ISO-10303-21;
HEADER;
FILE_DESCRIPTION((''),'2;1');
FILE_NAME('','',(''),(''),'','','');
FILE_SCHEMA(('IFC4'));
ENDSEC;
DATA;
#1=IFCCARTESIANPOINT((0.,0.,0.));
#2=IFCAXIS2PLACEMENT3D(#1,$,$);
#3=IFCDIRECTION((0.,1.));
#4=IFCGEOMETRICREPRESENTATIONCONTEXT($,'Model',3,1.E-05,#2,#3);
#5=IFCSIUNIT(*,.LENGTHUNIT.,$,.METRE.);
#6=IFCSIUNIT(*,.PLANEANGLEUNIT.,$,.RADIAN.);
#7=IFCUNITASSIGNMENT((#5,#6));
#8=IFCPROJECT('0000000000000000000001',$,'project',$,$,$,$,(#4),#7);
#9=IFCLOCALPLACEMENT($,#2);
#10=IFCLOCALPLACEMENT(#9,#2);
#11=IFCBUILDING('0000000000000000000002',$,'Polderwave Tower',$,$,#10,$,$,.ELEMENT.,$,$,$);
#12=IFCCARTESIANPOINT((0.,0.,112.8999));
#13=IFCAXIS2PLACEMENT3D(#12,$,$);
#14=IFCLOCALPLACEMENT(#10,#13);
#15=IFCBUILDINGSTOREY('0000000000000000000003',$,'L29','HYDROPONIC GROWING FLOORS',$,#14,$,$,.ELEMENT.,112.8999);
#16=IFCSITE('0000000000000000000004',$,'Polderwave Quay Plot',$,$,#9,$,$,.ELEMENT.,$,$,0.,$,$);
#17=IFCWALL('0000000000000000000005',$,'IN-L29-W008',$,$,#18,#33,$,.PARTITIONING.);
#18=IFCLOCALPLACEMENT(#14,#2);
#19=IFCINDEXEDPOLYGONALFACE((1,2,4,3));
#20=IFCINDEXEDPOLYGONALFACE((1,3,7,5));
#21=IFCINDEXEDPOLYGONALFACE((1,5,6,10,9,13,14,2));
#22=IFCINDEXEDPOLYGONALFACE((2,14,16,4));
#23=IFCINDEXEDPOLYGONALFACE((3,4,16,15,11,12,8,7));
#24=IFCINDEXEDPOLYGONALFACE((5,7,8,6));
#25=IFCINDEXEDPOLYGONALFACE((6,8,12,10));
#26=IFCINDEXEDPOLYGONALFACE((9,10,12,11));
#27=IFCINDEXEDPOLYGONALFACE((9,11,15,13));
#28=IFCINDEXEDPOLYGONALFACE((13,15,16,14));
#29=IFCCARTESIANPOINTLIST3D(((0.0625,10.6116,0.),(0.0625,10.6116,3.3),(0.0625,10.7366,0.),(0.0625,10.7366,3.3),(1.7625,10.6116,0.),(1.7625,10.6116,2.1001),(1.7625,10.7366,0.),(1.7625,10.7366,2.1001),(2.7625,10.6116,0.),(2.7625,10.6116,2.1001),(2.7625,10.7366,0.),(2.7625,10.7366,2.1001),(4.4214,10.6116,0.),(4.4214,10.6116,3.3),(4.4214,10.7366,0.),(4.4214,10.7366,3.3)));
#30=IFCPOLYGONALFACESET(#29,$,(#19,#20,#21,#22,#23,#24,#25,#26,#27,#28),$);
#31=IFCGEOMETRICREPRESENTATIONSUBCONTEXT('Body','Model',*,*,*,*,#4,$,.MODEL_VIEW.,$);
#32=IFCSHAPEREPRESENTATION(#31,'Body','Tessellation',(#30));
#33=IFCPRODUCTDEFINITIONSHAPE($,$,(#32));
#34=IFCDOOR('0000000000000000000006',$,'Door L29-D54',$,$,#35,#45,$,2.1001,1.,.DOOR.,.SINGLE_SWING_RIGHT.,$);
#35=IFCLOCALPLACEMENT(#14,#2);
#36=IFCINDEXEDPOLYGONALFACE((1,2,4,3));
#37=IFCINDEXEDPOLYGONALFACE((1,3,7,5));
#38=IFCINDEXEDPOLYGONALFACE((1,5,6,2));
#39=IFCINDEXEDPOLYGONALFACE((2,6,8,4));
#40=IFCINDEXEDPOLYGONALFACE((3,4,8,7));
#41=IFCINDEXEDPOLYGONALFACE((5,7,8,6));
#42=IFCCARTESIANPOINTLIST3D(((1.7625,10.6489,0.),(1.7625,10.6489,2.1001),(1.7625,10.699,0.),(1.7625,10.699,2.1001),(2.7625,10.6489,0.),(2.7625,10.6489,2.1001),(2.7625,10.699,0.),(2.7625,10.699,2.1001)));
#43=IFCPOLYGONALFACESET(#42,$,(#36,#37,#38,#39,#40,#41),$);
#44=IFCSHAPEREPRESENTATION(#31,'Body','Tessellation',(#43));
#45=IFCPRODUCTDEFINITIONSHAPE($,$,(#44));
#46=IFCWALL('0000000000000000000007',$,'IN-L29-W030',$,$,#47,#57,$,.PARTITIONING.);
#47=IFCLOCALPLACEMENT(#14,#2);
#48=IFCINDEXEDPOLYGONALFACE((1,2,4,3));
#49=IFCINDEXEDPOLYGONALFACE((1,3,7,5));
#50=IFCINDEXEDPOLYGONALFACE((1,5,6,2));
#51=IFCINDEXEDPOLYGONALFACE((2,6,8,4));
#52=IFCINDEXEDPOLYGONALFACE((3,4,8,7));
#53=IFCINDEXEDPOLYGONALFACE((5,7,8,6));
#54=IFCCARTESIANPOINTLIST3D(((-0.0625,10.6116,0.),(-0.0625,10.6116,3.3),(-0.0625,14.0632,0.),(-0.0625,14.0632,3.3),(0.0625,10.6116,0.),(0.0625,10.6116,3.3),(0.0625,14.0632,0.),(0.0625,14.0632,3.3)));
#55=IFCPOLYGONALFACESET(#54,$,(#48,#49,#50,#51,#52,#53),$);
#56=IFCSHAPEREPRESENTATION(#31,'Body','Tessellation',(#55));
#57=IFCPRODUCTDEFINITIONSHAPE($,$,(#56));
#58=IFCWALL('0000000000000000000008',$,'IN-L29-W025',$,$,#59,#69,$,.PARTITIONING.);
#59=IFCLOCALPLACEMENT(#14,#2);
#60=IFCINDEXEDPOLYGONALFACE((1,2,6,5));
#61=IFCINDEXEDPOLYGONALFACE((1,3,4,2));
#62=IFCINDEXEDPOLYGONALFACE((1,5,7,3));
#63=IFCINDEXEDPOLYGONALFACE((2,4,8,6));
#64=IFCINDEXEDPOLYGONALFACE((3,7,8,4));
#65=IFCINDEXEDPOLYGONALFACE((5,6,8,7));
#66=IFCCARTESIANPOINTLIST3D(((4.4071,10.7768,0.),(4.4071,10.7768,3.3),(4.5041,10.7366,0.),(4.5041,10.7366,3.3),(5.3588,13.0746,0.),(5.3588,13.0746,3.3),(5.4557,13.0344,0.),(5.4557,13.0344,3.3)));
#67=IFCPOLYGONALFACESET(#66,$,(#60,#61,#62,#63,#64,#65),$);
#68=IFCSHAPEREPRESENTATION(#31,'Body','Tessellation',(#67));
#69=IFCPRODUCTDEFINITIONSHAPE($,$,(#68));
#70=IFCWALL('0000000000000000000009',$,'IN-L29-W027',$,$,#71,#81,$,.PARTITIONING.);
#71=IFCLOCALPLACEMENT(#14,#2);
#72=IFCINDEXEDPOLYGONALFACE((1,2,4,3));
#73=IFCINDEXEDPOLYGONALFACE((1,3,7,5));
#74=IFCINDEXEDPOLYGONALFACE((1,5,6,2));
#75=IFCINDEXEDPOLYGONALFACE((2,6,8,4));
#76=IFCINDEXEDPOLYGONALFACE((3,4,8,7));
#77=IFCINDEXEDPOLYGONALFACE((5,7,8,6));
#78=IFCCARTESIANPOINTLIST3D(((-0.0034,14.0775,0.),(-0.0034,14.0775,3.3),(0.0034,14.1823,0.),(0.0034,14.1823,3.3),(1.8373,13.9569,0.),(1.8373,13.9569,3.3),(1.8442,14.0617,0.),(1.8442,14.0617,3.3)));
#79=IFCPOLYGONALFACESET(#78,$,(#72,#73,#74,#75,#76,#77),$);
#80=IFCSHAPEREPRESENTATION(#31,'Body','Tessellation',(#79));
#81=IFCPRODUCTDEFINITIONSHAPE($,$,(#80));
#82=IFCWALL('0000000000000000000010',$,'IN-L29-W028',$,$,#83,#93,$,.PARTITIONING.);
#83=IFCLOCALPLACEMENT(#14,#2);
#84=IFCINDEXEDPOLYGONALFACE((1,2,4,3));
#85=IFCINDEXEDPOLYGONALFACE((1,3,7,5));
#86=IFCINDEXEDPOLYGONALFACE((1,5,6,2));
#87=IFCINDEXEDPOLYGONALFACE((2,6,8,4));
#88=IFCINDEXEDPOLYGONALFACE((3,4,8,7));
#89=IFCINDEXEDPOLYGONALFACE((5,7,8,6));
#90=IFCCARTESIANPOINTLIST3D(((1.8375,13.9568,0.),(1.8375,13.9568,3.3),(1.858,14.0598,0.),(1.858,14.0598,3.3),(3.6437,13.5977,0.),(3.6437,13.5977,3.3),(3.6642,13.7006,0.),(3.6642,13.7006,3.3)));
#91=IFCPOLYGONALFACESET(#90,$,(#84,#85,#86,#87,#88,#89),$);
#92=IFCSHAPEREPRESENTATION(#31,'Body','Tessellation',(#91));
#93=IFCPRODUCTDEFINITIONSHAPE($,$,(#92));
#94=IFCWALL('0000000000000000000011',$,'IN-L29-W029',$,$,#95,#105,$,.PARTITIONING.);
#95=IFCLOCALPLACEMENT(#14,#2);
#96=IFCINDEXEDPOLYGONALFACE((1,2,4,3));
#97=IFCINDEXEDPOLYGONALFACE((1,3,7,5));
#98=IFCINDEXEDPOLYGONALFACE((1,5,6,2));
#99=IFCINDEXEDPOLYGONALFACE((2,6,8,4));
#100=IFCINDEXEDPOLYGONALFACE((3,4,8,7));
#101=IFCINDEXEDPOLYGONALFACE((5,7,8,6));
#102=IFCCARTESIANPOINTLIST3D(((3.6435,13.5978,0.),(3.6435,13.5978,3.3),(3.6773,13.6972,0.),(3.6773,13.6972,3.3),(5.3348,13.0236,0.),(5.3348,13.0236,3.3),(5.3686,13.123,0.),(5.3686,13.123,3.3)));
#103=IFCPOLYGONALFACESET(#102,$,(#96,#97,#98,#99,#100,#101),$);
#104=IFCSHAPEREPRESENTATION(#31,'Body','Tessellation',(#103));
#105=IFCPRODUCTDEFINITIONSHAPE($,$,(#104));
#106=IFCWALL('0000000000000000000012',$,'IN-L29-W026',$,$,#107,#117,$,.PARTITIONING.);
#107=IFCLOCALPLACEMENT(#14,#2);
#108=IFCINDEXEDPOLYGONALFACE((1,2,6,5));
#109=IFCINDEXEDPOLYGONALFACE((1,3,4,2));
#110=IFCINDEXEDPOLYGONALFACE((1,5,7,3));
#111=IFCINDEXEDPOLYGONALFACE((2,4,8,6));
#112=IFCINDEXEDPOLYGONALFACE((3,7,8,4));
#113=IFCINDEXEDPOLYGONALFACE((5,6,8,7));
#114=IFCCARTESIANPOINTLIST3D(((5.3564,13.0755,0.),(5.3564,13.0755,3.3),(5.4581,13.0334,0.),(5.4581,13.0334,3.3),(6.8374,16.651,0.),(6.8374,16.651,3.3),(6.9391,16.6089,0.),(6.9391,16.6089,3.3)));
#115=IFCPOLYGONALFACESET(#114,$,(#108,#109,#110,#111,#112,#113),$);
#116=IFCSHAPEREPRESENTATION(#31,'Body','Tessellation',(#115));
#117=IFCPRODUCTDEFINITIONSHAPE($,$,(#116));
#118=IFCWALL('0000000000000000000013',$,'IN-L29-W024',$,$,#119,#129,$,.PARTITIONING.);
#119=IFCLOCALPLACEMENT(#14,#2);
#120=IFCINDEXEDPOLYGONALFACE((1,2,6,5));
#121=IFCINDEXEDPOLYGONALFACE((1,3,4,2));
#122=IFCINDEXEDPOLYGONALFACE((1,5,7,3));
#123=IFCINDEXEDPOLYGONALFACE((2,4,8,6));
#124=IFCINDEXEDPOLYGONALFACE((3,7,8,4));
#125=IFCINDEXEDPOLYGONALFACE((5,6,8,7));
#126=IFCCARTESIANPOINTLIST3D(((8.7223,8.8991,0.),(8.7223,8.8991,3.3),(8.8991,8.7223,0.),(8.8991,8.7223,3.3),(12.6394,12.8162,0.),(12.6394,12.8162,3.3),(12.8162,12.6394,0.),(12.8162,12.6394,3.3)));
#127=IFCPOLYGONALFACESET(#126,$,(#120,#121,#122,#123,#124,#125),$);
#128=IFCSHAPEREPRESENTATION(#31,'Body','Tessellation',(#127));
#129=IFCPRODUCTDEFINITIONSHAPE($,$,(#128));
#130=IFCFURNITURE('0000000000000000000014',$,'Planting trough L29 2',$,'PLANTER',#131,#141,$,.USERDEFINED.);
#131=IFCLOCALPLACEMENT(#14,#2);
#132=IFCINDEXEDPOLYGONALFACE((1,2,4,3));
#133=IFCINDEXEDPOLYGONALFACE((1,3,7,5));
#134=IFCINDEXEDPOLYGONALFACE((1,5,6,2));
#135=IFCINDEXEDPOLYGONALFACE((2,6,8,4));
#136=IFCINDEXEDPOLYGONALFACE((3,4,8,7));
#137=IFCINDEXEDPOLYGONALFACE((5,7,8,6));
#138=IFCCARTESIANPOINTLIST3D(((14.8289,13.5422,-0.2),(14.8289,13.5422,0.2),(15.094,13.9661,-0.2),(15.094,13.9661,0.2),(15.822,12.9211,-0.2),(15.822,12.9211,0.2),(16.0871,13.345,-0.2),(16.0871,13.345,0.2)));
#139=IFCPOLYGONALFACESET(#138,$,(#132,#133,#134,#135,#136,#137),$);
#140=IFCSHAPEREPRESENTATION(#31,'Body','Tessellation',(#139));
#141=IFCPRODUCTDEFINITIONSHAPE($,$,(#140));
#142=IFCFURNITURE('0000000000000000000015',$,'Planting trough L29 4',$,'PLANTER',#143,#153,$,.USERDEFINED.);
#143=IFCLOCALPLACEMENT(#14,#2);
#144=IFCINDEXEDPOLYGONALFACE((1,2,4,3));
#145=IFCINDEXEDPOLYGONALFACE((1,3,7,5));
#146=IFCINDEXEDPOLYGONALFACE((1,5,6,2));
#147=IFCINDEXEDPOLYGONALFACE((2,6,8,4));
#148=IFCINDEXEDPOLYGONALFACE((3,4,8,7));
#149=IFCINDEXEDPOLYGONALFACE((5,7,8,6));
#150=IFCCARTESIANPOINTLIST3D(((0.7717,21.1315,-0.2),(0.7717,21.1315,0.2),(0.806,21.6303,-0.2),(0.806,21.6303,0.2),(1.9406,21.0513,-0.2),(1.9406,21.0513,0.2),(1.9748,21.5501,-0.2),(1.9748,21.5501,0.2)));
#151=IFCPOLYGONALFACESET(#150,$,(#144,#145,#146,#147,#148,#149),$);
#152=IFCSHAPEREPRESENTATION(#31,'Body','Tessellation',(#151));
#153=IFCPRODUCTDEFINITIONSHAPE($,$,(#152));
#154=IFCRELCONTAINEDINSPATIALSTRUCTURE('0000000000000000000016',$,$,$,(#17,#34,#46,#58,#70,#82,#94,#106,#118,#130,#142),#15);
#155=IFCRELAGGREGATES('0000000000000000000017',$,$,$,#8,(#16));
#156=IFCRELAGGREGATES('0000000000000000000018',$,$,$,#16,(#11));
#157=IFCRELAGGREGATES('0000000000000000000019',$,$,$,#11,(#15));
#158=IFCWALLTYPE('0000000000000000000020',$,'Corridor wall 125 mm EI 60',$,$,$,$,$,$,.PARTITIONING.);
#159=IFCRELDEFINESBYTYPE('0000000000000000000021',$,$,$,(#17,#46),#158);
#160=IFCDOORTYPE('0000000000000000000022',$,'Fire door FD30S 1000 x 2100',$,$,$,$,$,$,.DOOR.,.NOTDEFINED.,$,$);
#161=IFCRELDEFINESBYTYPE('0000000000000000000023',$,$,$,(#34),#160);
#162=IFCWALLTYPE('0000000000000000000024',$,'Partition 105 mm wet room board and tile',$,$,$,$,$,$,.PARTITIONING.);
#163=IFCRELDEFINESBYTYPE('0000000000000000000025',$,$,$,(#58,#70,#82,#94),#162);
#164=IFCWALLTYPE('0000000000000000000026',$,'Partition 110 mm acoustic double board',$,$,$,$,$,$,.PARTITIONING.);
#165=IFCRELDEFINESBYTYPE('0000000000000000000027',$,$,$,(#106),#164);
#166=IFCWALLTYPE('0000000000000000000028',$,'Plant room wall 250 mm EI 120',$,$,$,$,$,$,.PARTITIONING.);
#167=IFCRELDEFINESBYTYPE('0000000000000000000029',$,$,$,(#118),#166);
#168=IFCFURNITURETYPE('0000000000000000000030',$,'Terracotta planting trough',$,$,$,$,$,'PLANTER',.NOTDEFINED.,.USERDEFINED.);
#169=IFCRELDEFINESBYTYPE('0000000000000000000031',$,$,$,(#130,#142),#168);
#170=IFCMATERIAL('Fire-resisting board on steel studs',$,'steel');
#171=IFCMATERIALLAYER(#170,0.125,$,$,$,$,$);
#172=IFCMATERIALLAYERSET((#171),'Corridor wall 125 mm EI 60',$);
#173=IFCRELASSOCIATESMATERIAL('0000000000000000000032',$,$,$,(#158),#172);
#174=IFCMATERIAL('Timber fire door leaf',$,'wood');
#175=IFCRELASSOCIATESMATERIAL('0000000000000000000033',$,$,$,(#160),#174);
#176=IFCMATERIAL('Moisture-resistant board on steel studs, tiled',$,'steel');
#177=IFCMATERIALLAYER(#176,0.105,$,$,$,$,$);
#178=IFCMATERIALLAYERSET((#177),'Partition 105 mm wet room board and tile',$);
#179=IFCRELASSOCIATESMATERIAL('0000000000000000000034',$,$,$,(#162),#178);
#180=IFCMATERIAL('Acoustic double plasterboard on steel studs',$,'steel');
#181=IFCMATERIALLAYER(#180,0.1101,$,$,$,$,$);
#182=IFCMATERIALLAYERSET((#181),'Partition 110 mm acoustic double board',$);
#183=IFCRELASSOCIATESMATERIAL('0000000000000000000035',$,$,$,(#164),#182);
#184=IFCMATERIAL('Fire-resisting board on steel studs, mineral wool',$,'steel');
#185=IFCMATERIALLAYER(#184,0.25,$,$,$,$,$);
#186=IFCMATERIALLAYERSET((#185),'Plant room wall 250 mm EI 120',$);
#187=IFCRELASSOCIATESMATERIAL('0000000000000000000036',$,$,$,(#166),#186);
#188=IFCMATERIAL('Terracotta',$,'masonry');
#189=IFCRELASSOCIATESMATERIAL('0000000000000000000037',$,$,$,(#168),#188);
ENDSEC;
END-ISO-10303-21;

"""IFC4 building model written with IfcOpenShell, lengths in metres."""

from ifc_helpers import new_model, si_unit, direction, frame, frame_2d, origin, origin_2d, place, context, subcontext, project, spatial, rectangle, extrude, material, layer, layer_set, type_object, element, fill, save


model = new_model("IFC4")

# Units and contexts
model_context = context("Model", 3, precision=1e-05, world=origin(), true_north=direction((0.0, 1.0)))
body_context = subcontext(model_context, "Body", "Model", "MODEL_VIEW")
ifc_project = project(units=[si_unit("LENGTHUNIT", "METRE"), si_unit("PLANEANGLEUNIT", "RADIAN")], contexts=[model_context])

# Site, building, storey
site_placement = place(None, origin())
site = spatial("IfcSite", under=ifc_project, at=site_placement, Name="Polderwave Quay Plot", CompositionType="ELEMENT", RefElevation=0.0)
building_placement = place(site_placement, origin())
building = spatial("IfcBuilding", under=site, at=building_placement, Name="Polderwave Tower", CompositionType="ELEMENT")
storey_placement = place(building_placement, frame((0.0, 0.0, 112.8999)))
storey = spatial("IfcBuildingStorey", under=building, at=storey_placement, Name="L29", Description="HYDROPONIC GROWING FLOORS", CompositionType="ELEMENT", Elevation=112.8999)

# Shared definitions
ifc_material_1 = material(Name="Fire-resisting board on steel studs", Category="steel")
ifc_layer_1 = layer(ifc_material_1, 0.125)
ifc_layer_set_1 = layer_set([ifc_layer_1], Name="Corridor wall 125 mm EI 60")
wall_type_1 = type_object("IfcWallType", Name="Corridor wall 125 mm EI 60", PredefinedType="PARTITIONING", material=ifc_layer_set_1)

# Wall, opening, door
ifc_material_2 = material(Name="Timber fire door leaf", Category="wood")
door_type = type_object("IfcDoorType", Name="Fire door FD30S 1000 x 2100", OperationType="NOTDEFINED", PredefinedType="DOOR", material=ifc_material_2)
wall_1_placement = place(storey_placement, frame((0.0625, 10.6741, 0.0), z_axis=(0.0, 0.0, 1.0), x_axis=(1.0, 0.0, 0.0)))
wall_1 = element("IfcWall", 1, at=wall_1_placement, inside=storey, type_object=wall_type_1, Name="IN-L29-W008", PredefinedType="PARTITIONING", context=body_context, shape_type="SweptSolid", body=[
    extrude(rectangle(XDim=4.3589, YDim=0.125, at=frame_2d((2.1794, 0.0))), origin(), (0.0, 0.0, 1.0), 3.3),
])
opening_1_placement = place(wall_1_placement, frame((1.7, 0.0, 0.0)))
opening_1 = element("IfcOpeningElement", 2, at=opening_1_placement, cuts=wall_1, PredefinedType="OPENING", context=body_context, shape_type="SweptSolid", body=[
    extrude(rectangle(XDim=1.0, YDim=2.1001, at=frame_2d((0.5, 1.05))), frame((0.0, 0.0725, 0.0), z_axis=(0.0, -1.0, 0.0), x_axis=(1.0, 0.0, 0.0)), (0.0, 0.0, 1.0), 0.145),
])
door_1_placement = place(opening_1_placement, origin())
door_1 = element("IfcDoor", 3, at=door_1_placement, inside=storey, type_object=door_type, Name="Door L29-D54", OperationType="SINGLE_SWING_RIGHT", OverallHeight=2.1001, OverallWidth=1.0, PredefinedType="DOOR", context=body_context, shape_type="SweptSolid", body=[
    extrude(rectangle(XDim=1.0, YDim=2.1001, at=frame_2d((0.5, 1.05))), frame((0.0, 0.0249, 0.0), z_axis=(0.0, -1.0, 0.0), x_axis=(1.0, 0.0, 0.0)), (0.0, 0.0, 1.0), 0.05),
])
fill(opening_1, door_1)

# Walls
wall_2_placement = place(storey_placement, frame((0.0, 10.6116, 0.0), z_axis=(0.0, 0.0, 1.0), x_axis=(0.0, 1.0, 0.0)))
element("IfcWall", 4, at=wall_2_placement, inside=storey, type_object=wall_type_1, Name="IN-L29-W030", PredefinedType="PARTITIONING", context=body_context, shape_type="SweptSolid", body=[
    extrude(rectangle(XDim=3.4517, YDim=0.125, at=frame_2d((1.7258, 0.0))), origin(), (0.0, 0.0, 1.0), 3.3),
])
ifc_material_3 = material(Name="Moisture-resistant board on steel studs, tiled", Category="steel")
ifc_layer_2 = layer(ifc_material_3, 0.105)
ifc_layer_set_2 = layer_set([ifc_layer_2], Name="Partition 105 mm wet room board and tile")
wall_type_2 = type_object("IfcWallType", Name="Partition 105 mm wet room board and tile", PredefinedType="PARTITIONING", material=ifc_layer_set_2)
wall_3_placement = place(storey_placement, frame((4.4556, 10.7566, 0.0), z_axis=(0.0, 0.0, 1.0), x_axis=(0.382635, 0.9239, 0.0)))
element("IfcWall", 5, at=wall_3_placement, inside=storey, type_object=wall_type_2, Name="IN-L29-W025", PredefinedType="PARTITIONING", context=body_context, shape_type="SweptSolid", body=[
    extrude(rectangle(XDim=2.4871, YDim=0.105, at=frame_2d((1.2437, 0.0))), origin(), (0.0, 0.0, 1.0), 3.3),
])
wall_4_placement = place(storey_placement, frame((0.0, 14.1299, 0.0), z_axis=(0.0, 0.0, 1.0), x_axis=(0.997861, -0.065377, 0.0)))
element("IfcWall", 6, at=wall_4_placement, inside=storey, type_object=wall_type_2, Name="IN-L29-W027", PredefinedType="PARTITIONING", context=body_context, shape_type="SweptSolid", body=[
    extrude(rectangle(XDim=1.8447, YDim=0.105, at=frame_2d((0.9224, 0.0))), origin(), (0.0, 0.0, 1.0), 3.3),
])
wall_5_placement = place(storey_placement, frame((1.8477, 14.0083, 0.0), z_axis=(0.0, 0.0, 1.0), x_axis=(0.980799, -0.19502, 0.0)))
element("IfcWall", 7, at=wall_5_placement, inside=storey, type_object=wall_type_2, Name="IN-L29-W028", PredefinedType="PARTITIONING", context=body_context, shape_type="SweptSolid", body=[
    extrude(rectangle(XDim=1.8416, YDim=0.105, at=frame_2d((0.9209, 0.0))), origin(), (0.0, 0.0, 1.0), 3.3),
])
wall_6_placement = place(storey_placement, frame((3.6604, 13.6475, 0.0), z_axis=(0.0, 0.0, 1.0), x_axis=(0.946919, -0.321471, 0.0)))
element("IfcWall", 8, at=wall_6_placement, inside=storey, type_object=wall_type_2, Name="IN-L29-W029", PredefinedType="PARTITIONING", context=body_context, shape_type="SweptSolid", body=[
    extrude(rectangle(XDim=1.7861, YDim=0.105, at=frame_2d((0.8931, 0.0))), origin(), (0.0, 0.0, 1.0), 3.3),
])
ifc_material_4 = material(Name="Acoustic double plasterboard on steel studs", Category="steel")
ifc_layer_3 = layer(ifc_material_4, 0.1101)
ifc_layer_set_3 = layer_set([ifc_layer_3], Name="Partition 110 mm acoustic double board")
wall_type_3 = type_object("IfcWallType", Name="Partition 110 mm acoustic double board", PredefinedType="PARTITIONING", material=ifc_layer_set_3)
wall_7_placement = place(storey_placement, frame((5.4072, 13.0544, 0.0), z_axis=(0.0, 0.0, 1.0), x_axis=(0.382675, 0.923883, 0.0)))
element("IfcWall", 9, at=wall_7_placement, inside=storey, type_object=wall_type_3, Name="IN-L29-W026", PredefinedType="PARTITIONING", context=body_context, shape_type="SweptSolid", body=[
    extrude(rectangle(XDim=3.8701, YDim=0.1101, at=frame_2d((1.9351, 0.0))), origin(), (0.0, 0.0, 1.0), 3.3),
])
ifc_material_5 = material(Name="Fire-resisting board on steel studs, mineral wool", Category="steel")
ifc_layer_4 = layer(ifc_material_5, 0.25)
ifc_layer_set_4 = layer_set([ifc_layer_4], Name="Plant room wall 250 mm EI 120")
wall_type_4 = type_object("IfcWallType", Name="Plant room wall 250 mm EI 120", PredefinedType="PARTITIONING", material=ifc_layer_set_4)
wall_8_placement = place(storey_placement, frame((12.7278, 12.7278, 0.0), z_axis=(0.0, 0.0, 1.0), x_axis=(-0.707107, -0.707107, 0.0)))
element("IfcWall", 10, at=wall_8_placement, inside=storey, type_object=wall_type_4, Name="IN-L29-W024", PredefinedType="PARTITIONING", context=body_context, shape_type="SweptSolid", body=[
    extrude(rectangle(XDim=5.5396, YDim=0.25, at=frame_2d((2.7698, 0.0))), origin(), (0.0, 0.0, 1.0), 3.3),
])

# Furniture
ifc_material_6 = material(Name="Terracotta", Category="masonry")
furniture_type = type_object("IfcFurnitureType", Name="Terracotta planting trough", ElementType="PLANTER", AssemblyPlace="NOTDEFINED", PredefinedType="USERDEFINED", material=ifc_material_6)
furniture_1_placement = place(storey_placement, frame((15.458, 13.4436, -0.2), z_axis=(0.0, 0.0, 1.0), x_axis=(-0.847858, 0.530224, 0.0)))
element("IfcFurniture", 11, at=furniture_1_placement, inside=storey, type_object=furniture_type, Name="Planting trough L29 2", ObjectType="PLANTER", PredefinedType="USERDEFINED", context=body_context, shape_type="SweptSolid", body=[
    extrude(rectangle(XDim=1.1714, YDim=0.5, at=origin_2d()), origin(), (0.0, 0.0, 1.0), 0.3999),
])
furniture_2_placement = place(storey_placement, frame((1.3733, 21.3408, -0.2), z_axis=(0.0, 0.0, 1.0), x_axis=(-0.997654, 0.068465, 0.0)))
element("IfcFurniture", 12, at=furniture_2_placement, inside=storey, type_object=furniture_type, Name="Planting trough L29 4", ObjectType="PLANTER", PredefinedType="USERDEFINED", context=body_context, shape_type="SweptSolid", body=[
    extrude(rectangle(XDim=1.1716, YDim=0.5, at=origin_2d()), origin(), (0.0, 0.0, 1.0), 0.3999),
])

save(model, "model.ifc")
